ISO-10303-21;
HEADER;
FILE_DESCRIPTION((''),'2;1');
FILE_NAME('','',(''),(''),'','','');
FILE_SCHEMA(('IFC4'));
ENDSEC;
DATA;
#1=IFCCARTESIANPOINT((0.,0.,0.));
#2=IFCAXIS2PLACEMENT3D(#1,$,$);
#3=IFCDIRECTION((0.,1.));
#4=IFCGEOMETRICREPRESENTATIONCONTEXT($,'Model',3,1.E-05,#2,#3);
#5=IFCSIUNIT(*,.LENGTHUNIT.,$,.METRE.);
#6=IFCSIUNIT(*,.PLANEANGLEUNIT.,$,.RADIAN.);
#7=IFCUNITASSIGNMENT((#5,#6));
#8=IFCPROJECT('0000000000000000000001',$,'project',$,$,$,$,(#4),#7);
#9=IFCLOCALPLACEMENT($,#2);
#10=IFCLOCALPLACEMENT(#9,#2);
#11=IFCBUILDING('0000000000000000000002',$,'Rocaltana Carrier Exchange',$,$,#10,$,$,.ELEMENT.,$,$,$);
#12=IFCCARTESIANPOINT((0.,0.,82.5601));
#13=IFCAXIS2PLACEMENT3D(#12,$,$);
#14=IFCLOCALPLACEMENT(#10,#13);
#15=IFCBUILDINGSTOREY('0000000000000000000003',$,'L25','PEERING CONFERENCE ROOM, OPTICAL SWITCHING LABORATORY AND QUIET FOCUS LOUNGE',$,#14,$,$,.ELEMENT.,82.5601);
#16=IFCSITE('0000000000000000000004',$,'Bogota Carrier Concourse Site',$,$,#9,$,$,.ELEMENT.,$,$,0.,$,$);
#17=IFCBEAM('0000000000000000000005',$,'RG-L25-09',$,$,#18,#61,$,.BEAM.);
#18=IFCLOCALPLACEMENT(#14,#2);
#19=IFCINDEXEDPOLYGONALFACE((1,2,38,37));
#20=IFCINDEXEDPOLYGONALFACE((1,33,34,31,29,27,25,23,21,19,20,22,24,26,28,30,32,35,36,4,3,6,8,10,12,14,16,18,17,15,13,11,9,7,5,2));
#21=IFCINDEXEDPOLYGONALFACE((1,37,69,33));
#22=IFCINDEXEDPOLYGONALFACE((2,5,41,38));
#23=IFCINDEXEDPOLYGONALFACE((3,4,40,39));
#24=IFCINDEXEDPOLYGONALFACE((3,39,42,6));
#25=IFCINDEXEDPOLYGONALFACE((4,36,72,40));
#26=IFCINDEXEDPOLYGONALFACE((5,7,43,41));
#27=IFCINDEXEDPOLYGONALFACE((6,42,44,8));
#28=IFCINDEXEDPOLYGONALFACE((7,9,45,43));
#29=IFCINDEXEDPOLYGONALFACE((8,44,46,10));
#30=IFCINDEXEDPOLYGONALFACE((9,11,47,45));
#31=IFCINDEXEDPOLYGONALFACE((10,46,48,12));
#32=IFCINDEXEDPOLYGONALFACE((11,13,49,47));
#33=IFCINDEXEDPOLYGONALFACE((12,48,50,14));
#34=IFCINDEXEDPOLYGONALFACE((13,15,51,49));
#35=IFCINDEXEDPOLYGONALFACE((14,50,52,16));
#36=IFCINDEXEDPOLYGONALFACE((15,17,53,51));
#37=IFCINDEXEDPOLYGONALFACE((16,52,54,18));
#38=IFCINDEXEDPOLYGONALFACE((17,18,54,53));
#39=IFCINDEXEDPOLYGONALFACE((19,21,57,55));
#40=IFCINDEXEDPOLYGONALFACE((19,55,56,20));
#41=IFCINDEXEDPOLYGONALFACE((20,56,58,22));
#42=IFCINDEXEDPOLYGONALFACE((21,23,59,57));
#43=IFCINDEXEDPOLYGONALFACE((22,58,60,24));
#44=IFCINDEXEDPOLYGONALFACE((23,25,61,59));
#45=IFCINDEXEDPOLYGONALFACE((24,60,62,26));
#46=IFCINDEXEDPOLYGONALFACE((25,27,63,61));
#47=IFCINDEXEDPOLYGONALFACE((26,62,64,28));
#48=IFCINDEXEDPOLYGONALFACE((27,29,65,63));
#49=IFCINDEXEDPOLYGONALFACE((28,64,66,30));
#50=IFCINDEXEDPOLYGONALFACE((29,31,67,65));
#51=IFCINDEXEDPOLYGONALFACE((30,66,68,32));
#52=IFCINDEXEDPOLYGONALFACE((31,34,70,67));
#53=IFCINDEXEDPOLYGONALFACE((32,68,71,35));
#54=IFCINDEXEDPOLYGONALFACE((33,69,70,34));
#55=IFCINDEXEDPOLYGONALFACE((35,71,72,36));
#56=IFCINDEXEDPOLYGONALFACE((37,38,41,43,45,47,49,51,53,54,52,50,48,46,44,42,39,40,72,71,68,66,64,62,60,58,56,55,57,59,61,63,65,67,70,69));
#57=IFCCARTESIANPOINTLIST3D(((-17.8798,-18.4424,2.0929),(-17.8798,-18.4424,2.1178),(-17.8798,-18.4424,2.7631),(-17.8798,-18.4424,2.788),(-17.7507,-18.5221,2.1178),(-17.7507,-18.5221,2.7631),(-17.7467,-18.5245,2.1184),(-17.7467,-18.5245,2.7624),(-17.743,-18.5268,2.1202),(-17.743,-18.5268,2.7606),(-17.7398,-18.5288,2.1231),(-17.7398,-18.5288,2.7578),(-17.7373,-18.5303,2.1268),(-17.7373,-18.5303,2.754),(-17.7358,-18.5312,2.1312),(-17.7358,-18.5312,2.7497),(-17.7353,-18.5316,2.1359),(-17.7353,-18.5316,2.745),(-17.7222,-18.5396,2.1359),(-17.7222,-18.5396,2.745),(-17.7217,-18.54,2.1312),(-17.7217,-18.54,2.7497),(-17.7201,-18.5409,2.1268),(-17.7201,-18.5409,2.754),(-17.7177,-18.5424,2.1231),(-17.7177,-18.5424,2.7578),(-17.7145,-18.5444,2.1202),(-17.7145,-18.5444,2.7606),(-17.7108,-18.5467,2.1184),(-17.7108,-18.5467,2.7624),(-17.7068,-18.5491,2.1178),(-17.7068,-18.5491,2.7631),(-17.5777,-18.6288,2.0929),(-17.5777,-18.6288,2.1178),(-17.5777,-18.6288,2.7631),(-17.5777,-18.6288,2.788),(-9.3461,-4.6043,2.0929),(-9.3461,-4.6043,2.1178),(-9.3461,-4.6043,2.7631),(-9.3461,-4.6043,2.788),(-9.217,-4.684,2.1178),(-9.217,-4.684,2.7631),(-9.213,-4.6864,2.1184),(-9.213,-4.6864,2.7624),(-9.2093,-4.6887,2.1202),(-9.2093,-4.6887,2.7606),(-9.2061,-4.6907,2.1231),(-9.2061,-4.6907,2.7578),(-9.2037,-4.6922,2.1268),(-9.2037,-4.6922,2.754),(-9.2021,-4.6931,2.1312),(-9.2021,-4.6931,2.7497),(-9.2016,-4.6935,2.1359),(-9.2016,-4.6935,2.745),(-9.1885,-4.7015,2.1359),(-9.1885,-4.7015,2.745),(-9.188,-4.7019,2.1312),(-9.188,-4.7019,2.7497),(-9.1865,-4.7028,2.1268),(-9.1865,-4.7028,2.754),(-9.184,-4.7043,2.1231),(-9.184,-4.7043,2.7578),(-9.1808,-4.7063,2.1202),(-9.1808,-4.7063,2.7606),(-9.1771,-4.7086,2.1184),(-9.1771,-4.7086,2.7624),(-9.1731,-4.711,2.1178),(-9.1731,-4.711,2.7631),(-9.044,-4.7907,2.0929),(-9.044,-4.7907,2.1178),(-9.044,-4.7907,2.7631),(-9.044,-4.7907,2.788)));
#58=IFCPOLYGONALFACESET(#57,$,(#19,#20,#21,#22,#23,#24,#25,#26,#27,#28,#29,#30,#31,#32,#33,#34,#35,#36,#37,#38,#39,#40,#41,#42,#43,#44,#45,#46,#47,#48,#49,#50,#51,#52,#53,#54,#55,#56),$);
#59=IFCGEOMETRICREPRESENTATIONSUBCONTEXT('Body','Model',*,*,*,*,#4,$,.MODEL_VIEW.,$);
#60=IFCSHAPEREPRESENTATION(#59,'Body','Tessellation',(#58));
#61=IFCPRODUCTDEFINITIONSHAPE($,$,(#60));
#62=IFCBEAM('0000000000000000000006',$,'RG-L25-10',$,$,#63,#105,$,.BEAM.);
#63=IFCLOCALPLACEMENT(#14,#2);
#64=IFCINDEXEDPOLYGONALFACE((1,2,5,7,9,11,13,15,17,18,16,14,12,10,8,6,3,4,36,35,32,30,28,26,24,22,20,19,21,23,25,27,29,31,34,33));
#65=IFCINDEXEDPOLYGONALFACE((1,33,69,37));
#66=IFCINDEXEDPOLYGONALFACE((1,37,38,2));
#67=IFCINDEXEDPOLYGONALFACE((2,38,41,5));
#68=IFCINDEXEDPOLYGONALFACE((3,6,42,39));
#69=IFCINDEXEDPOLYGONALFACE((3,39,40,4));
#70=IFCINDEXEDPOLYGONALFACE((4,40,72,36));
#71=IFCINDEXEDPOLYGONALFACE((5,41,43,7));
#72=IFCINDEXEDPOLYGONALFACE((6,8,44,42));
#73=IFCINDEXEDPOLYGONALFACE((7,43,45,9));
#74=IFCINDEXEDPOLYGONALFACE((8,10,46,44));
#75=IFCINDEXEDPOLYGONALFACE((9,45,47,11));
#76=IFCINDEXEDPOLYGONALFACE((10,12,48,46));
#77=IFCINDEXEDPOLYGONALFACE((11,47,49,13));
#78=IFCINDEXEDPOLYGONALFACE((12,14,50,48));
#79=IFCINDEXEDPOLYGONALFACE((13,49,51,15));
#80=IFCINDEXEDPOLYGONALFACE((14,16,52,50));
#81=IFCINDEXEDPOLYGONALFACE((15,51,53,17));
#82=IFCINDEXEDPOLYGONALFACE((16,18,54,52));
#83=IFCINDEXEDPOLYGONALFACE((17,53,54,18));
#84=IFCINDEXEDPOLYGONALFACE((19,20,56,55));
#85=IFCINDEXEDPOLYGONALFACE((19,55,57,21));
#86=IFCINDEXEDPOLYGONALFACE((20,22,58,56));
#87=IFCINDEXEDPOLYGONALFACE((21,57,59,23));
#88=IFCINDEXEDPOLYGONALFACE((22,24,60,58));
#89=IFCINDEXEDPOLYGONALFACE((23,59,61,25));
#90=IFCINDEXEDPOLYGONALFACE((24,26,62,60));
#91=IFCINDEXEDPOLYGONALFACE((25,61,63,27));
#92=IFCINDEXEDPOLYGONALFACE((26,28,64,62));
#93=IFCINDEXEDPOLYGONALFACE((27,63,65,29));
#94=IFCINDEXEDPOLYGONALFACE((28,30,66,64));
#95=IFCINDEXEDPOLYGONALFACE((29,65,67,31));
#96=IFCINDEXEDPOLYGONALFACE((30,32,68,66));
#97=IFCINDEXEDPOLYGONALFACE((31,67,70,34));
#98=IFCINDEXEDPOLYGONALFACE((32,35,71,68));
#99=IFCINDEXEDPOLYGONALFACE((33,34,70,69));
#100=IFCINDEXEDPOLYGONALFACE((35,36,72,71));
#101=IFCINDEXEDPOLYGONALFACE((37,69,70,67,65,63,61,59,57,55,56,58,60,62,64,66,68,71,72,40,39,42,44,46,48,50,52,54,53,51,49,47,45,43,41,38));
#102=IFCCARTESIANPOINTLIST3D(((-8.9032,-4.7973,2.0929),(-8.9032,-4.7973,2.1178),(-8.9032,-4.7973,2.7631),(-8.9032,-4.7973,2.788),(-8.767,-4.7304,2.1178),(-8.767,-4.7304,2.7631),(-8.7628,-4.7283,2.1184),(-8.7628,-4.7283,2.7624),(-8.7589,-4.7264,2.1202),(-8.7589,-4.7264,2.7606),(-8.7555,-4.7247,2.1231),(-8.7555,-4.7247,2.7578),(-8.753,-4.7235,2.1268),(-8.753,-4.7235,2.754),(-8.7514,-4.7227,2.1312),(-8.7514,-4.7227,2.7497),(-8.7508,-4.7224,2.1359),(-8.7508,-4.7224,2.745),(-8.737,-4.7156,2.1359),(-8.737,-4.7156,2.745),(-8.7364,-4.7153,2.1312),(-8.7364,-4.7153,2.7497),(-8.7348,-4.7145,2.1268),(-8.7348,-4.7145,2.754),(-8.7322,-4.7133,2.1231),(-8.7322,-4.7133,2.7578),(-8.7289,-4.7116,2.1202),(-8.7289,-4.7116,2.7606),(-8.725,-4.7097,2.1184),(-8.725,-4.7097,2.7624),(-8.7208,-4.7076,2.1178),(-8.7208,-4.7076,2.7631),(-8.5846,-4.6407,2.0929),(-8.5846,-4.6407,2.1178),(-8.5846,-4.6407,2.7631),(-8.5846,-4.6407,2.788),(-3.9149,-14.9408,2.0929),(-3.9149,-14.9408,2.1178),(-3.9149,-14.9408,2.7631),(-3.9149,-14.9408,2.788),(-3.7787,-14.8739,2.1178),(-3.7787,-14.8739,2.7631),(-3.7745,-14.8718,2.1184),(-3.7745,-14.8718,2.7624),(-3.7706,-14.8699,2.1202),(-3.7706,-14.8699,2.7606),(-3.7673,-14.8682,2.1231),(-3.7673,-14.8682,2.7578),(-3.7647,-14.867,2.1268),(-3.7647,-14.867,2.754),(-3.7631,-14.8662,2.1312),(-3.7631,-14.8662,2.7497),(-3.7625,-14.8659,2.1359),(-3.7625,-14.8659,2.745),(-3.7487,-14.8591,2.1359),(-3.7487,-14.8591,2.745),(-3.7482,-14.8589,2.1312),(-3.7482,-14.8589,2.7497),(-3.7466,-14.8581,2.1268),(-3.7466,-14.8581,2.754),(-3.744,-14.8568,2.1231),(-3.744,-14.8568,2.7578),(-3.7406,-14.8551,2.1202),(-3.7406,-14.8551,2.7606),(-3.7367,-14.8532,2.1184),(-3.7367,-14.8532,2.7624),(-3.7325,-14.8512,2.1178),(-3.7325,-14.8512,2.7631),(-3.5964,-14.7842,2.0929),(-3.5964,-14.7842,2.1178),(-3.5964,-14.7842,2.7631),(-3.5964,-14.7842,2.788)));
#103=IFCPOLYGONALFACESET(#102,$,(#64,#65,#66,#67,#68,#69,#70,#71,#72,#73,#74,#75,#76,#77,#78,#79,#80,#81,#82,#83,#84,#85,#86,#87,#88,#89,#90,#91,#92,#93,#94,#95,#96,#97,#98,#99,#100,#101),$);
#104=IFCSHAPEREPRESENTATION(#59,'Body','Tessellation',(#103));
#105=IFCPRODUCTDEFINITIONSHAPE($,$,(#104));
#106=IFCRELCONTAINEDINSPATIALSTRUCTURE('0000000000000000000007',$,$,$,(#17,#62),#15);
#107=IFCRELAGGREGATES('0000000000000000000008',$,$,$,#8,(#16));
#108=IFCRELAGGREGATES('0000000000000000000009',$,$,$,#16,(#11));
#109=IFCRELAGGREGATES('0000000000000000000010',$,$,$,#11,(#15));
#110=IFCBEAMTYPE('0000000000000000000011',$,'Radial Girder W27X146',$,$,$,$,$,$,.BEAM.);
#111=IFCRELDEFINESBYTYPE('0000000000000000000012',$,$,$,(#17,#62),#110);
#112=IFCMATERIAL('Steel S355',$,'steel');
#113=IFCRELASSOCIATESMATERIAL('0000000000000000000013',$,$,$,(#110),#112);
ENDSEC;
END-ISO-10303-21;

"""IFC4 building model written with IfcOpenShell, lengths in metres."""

from ifc_helpers import new_model, si_unit, direction, frame, origin, origin_2d, place, context, subcontext, project, spatial, i_section, extrude, material, material_profile, profile_set, type_object, element, save


model = new_model("IFC4")

# Units and contexts
model_context = context("Model", 3, precision=1e-05, world=origin(), true_north=direction((0.0, 1.0)))
body_context = subcontext(model_context, "Body", "Model", "MODEL_VIEW")
ifc_project = project(units=[si_unit("LENGTHUNIT", "METRE"), si_unit("PLANEANGLEUNIT", "RADIAN")], contexts=[model_context])

# Site, building, storey
site_placement = place(None, origin())
site = spatial("IfcSite", under=ifc_project, at=site_placement, Name="Bogota Carrier Concourse Site", CompositionType="ELEMENT", RefElevation=0.0)
building_placement = place(site_placement, origin())
building = spatial("IfcBuilding", under=site, at=building_placement, Name="Rocaltana Carrier Exchange", CompositionType="ELEMENT")
storey_placement = place(building_placement, frame((0.0, 0.0, 82.5601)))
storey = spatial("IfcBuildingStorey", under=building, at=storey_placement, Name="L25", Description="PEERING CONFERENCE ROOM, OPTICAL SWITCHING LABORATORY AND QUIET FOCUS LOUNGE", CompositionType="ELEMENT", Elevation=82.5601)

# Beams
ifc_material_1 = material(Name="Steel S355", Category="steel")
ifc_material_profile_1 = material_profile(ifc_material_1, i_section(OverallWidth=0.355, OverallDepth=0.6951, WebThickness=0.0154, FlangeThickness=0.0249, FilletRadius=0.0181, at=origin_2d()), Name="W27X146")
ifc_profile_set_1 = profile_set([ifc_material_profile_1], Name="Steel S355")
beam_type = type_object("IfcBeamType", Name="Radial Girder W27X146", PredefinedType="BEAM", material=ifc_profile_set_1)
beam_1_placement = place(storey_placement, frame((-9.1951, -4.6975, 2.4404), z_axis=(-0.524896, -0.851166, 0.0), x_axis=(0.851166, -0.524896, 0.0)))
element("IfcBeam", 1, at=beam_1_placement, inside=storey, type_object=beam_type, Name="RG-L25-09", PredefinedType="BEAM", context=body_context, shape_type="SweptSolid", body=[
    extrude(i_section(OverallWidth=0.355, OverallDepth=0.6951, WebThickness=0.0154, FlangeThickness=0.0249, FilletRadius=0.0181, at=origin_2d()), origin(), (0.0, 0.0, 1.0), 16.2578),
])
beam_2_placement = place(storey_placement, frame((-8.7439, -4.719, 2.4404), z_axis=(0.441295, -0.897362, 0.0), x_axis=(0.897362, 0.441295, 0.0)))
element("IfcBeam", 2, at=beam_2_placement, inside=storey, type_object=beam_type, Name="RG-L25-10", PredefinedType="BEAM", context=body_context, shape_type="SweptSolid", body=[
    extrude(i_section(OverallWidth=0.355, OverallDepth=0.6951, WebThickness=0.0154, FlangeThickness=0.0249, FilletRadius=0.0181, at=origin_2d()), origin(), (0.0, 0.0, 1.0), 11.3037),
])

save(model, "model.ifc")
